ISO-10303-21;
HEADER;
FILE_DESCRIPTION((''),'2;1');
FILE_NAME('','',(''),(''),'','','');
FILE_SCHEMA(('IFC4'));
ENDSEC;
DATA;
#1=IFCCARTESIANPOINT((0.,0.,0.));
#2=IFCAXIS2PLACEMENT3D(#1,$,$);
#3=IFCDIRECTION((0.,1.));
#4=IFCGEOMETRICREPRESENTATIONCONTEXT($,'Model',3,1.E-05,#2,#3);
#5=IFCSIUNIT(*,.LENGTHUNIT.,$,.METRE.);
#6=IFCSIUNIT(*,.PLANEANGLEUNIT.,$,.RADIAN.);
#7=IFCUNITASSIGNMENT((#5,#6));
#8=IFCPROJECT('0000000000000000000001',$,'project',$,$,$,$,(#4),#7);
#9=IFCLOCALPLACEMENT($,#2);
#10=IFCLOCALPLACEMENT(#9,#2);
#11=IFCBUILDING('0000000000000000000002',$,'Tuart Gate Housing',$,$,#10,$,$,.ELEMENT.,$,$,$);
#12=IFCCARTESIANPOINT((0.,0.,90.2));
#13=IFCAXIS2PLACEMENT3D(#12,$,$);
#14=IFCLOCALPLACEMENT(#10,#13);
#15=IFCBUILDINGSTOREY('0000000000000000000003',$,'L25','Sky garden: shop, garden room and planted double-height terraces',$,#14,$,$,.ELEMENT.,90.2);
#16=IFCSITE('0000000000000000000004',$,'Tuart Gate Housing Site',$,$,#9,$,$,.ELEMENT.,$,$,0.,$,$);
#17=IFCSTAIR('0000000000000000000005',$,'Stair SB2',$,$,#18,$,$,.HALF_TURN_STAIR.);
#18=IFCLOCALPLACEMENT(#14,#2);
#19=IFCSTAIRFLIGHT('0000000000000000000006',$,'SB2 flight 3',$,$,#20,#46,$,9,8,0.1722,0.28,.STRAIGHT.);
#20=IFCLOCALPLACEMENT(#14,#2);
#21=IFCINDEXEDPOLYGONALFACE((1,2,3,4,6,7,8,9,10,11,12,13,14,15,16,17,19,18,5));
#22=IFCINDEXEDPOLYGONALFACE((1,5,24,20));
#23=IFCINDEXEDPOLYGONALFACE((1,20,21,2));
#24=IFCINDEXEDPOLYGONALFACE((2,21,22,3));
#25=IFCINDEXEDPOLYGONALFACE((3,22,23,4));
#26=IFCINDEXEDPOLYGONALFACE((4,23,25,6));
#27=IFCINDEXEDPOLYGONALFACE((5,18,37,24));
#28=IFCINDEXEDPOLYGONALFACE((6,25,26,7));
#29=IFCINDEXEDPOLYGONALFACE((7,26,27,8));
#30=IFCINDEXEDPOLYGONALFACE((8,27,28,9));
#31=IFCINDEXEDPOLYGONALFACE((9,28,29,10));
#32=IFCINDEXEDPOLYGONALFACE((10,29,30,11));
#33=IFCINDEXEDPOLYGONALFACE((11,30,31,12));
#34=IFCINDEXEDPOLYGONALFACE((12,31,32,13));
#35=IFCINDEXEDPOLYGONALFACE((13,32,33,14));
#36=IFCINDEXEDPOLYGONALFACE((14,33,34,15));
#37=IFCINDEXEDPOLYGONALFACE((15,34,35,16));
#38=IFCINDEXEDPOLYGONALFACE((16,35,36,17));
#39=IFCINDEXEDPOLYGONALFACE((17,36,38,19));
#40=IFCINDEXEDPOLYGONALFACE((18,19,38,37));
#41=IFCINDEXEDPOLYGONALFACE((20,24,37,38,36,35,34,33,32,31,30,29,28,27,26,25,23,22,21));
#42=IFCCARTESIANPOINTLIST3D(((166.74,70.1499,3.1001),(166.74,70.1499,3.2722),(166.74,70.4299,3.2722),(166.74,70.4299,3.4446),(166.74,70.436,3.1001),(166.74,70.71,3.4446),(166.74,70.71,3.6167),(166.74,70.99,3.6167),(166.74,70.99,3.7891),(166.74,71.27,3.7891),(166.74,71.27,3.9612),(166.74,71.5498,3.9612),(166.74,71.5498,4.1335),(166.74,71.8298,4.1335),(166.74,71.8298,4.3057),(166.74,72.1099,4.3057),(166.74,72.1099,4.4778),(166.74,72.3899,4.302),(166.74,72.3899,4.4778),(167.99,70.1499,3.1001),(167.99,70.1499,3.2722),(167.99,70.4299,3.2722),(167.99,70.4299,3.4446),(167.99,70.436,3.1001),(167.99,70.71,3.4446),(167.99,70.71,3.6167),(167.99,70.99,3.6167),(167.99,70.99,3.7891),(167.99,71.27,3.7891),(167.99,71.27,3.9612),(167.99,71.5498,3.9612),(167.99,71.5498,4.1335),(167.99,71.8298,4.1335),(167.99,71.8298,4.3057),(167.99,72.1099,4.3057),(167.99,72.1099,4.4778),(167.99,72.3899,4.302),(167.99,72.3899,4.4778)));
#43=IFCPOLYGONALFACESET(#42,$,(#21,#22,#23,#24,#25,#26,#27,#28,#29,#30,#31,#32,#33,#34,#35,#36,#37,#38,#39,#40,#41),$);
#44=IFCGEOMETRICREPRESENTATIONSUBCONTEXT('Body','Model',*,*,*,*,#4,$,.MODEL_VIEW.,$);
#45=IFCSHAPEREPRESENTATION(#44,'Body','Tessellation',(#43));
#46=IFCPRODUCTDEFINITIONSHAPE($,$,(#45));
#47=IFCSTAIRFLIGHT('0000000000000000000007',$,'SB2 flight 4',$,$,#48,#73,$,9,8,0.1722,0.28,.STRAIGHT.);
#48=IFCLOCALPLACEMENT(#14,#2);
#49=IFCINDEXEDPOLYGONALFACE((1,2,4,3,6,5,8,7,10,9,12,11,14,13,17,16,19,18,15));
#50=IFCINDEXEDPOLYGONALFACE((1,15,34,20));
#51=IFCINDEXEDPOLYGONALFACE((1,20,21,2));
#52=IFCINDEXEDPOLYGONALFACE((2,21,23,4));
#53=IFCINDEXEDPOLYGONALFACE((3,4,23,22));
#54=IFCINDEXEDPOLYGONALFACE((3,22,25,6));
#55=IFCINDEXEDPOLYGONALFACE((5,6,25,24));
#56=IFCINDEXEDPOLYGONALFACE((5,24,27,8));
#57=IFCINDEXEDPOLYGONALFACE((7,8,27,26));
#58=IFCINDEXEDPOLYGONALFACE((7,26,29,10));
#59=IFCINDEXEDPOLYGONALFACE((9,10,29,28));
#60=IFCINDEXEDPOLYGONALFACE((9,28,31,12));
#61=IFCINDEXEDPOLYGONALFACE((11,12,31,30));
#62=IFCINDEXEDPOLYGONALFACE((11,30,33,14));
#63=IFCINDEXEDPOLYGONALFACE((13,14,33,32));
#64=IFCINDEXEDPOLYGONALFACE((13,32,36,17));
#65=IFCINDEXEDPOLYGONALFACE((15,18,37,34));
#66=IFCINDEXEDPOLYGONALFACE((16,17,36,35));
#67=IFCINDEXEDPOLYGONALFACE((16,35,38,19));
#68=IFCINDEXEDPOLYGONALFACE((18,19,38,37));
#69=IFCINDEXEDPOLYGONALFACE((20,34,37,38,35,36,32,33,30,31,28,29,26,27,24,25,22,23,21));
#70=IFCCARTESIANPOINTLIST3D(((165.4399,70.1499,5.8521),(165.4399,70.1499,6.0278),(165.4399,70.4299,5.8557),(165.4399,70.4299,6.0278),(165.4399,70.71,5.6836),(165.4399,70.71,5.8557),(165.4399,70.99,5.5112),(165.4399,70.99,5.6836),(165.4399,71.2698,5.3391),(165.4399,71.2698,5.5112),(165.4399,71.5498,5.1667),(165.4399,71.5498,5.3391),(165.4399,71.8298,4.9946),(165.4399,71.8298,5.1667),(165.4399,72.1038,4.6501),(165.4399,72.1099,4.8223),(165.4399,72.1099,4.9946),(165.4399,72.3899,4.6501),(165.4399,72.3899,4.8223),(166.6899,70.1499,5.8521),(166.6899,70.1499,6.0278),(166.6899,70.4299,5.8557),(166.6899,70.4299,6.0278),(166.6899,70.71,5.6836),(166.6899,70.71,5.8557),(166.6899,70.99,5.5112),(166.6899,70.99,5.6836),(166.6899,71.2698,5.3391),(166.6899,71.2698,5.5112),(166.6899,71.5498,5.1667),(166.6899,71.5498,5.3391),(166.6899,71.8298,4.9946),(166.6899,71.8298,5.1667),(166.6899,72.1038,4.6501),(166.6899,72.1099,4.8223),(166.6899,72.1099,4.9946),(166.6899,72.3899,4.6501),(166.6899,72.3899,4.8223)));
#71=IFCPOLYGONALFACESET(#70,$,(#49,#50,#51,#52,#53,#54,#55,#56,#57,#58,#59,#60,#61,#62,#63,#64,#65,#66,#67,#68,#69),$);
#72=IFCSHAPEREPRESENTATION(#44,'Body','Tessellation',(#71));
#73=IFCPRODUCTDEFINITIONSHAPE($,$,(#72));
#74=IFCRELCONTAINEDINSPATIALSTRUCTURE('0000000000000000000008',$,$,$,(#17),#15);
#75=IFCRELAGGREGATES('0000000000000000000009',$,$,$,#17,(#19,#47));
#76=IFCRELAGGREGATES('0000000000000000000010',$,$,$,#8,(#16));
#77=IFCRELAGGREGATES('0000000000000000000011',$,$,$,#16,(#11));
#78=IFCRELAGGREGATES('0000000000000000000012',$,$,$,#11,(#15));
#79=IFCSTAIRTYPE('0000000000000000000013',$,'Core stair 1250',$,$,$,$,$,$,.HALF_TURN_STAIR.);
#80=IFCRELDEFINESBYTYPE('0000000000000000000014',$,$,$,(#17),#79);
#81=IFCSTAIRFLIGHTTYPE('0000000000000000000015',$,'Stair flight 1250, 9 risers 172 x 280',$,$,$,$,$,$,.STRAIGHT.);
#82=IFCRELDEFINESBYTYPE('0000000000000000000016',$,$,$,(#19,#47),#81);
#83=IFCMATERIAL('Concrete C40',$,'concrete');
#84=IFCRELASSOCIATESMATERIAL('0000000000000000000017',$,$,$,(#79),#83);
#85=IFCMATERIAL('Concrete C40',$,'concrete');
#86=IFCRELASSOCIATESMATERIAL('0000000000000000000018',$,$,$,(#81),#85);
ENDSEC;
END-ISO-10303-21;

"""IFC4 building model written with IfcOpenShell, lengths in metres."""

from ifc_helpers import new_model, si_unit, direction, frame, origin, place, context, subcontext, project, spatial, polyline, outline, extrude, material, type_object, element, aggregate, save


model = new_model("IFC4")

# Units and contexts
model_context = context("Model", 3, precision=1e-05, world=origin(), true_north=direction((0.0, 1.0)))
body_context = subcontext(model_context, "Body", "Model", "MODEL_VIEW")
ifc_project = project(units=[si_unit("LENGTHUNIT", "METRE"), si_unit("PLANEANGLEUNIT", "RADIAN")], contexts=[model_context])

# Site, building, storey
site_placement = place(None, origin())
site = spatial("IfcSite", under=ifc_project, at=site_placement, Name="Tuart Gate Housing Site", CompositionType="ELEMENT", RefElevation=0.0)
building_placement = place(site_placement, origin())
building = spatial("IfcBuilding", under=site, at=building_placement, Name="Tuart Gate Housing", CompositionType="ELEMENT")
storey_placement = place(building_placement, frame((0.0, 0.0, 90.2)))
storey = spatial("IfcBuildingStorey", under=building, at=storey_placement, Name="L25", Description="Sky garden: shop, garden room and planted double-height terraces", CompositionType="ELEMENT", Elevation=90.2)

# Stair, stair flights
ifc_material_1 = material(Name="Concrete C40", Category="concrete")
stair_type = type_object("IfcStairType", Name="Core stair 1250", PredefinedType="HALF_TURN_STAIR", material=ifc_material_1)
stair_placement = place(storey_placement, origin())
stair = element("IfcStair", 1, at=stair_placement, inside=storey, type_object=stair_type, Name="Stair SB2", PredefinedType="HALF_TURN_STAIR")
ifc_material_2 = material(Name="Concrete C40", Category="concrete")
stair_flight_type = type_object("IfcStairFlightType", Name="Stair flight 1250, 9 risers 172 x 280", PredefinedType="STRAIGHT", material=ifc_material_2)
stair_flight_1_placement = place(storey_placement, frame((167.365, 70.1499, 3.1001), z_axis=(0.0, 0.0, 1.0), x_axis=(0.0, 1.0, 0.0)))
stair_flight_1 = element("IfcStairFlight", 2, at=stair_flight_1_placement, type_object=stair_flight_type, Name="SB2 flight 3", NumberOfRisers=9, NumberOfTreads=8, PredefinedType="STRAIGHT", RiserHeight=0.1722, TreadLength=0.28, context=body_context, shape_type="SweptSolid", body=[
    extrude(outline(polyline([(0.0, 0.0), (0.0, 0.1721), (0.28, 0.1721), (0.28, 0.3445), (0.5601, 0.3445), (0.5601, 0.5166), (0.8401, 0.5166), (0.8401, 0.689), (1.1201, 0.689), (1.1201, 0.8611), (1.3999, 0.8611), (1.3999, 1.0334), (1.6799, 1.0334), (1.6799, 1.2056), (1.96, 1.2056), (1.96, 1.3777), (2.24, 1.3777), (2.24, 1.55), (2.24, 1.2019), (0.2861, 0.0), (0.0, 0.0)])), frame((0.0, 0.625, 0.0), z_axis=(0.0, -1.0, 0.0), x_axis=(1.0, 0.0, 0.0)), (0.0, 0.0, 1.0), 1.25),
])
stair_flight_2_placement = place(storey_placement, frame((166.0649, 72.3899, 4.6501), z_axis=(0.0, 0.0, 1.0), x_axis=(0.0, -1.0, 0.0)))
stair_flight_2 = element("IfcStairFlight", 3, at=stair_flight_2_placement, type_object=stair_flight_type, Name="SB2 flight 4", NumberOfRisers=9, NumberOfTreads=8, PredefinedType="STRAIGHT", RiserHeight=0.1722, TreadLength=0.28, context=body_context, shape_type="SweptSolid", body=[
    extrude(outline(polyline([(0.0, 0.0), (0.0, 0.1721), (0.28, 0.1721), (0.28, 0.3445), (0.5601, 0.3445), (0.5601, 0.5166), (0.8401, 0.5166), (0.8401, 0.689), (1.1201, 0.689), (1.1201, 0.8611), (1.3999, 0.8611), (1.3999, 1.0334), (1.6799, 1.0334), (1.6799, 1.2056), (1.96, 1.2056), (1.96, 1.3777), (2.24, 1.3777), (2.24, 1.55), (2.24, 1.2019), (0.2861, 0.0), (0.0, 0.0)])), frame((0.0, 0.625, 0.0), z_axis=(0.0, -1.0, 0.0), x_axis=(1.0, 0.0, 0.0)), (0.0, 0.0, 1.0), 1.25),
])
aggregate(stair, [stair_flight_1, stair_flight_2])

save(model, "model.ifc")
